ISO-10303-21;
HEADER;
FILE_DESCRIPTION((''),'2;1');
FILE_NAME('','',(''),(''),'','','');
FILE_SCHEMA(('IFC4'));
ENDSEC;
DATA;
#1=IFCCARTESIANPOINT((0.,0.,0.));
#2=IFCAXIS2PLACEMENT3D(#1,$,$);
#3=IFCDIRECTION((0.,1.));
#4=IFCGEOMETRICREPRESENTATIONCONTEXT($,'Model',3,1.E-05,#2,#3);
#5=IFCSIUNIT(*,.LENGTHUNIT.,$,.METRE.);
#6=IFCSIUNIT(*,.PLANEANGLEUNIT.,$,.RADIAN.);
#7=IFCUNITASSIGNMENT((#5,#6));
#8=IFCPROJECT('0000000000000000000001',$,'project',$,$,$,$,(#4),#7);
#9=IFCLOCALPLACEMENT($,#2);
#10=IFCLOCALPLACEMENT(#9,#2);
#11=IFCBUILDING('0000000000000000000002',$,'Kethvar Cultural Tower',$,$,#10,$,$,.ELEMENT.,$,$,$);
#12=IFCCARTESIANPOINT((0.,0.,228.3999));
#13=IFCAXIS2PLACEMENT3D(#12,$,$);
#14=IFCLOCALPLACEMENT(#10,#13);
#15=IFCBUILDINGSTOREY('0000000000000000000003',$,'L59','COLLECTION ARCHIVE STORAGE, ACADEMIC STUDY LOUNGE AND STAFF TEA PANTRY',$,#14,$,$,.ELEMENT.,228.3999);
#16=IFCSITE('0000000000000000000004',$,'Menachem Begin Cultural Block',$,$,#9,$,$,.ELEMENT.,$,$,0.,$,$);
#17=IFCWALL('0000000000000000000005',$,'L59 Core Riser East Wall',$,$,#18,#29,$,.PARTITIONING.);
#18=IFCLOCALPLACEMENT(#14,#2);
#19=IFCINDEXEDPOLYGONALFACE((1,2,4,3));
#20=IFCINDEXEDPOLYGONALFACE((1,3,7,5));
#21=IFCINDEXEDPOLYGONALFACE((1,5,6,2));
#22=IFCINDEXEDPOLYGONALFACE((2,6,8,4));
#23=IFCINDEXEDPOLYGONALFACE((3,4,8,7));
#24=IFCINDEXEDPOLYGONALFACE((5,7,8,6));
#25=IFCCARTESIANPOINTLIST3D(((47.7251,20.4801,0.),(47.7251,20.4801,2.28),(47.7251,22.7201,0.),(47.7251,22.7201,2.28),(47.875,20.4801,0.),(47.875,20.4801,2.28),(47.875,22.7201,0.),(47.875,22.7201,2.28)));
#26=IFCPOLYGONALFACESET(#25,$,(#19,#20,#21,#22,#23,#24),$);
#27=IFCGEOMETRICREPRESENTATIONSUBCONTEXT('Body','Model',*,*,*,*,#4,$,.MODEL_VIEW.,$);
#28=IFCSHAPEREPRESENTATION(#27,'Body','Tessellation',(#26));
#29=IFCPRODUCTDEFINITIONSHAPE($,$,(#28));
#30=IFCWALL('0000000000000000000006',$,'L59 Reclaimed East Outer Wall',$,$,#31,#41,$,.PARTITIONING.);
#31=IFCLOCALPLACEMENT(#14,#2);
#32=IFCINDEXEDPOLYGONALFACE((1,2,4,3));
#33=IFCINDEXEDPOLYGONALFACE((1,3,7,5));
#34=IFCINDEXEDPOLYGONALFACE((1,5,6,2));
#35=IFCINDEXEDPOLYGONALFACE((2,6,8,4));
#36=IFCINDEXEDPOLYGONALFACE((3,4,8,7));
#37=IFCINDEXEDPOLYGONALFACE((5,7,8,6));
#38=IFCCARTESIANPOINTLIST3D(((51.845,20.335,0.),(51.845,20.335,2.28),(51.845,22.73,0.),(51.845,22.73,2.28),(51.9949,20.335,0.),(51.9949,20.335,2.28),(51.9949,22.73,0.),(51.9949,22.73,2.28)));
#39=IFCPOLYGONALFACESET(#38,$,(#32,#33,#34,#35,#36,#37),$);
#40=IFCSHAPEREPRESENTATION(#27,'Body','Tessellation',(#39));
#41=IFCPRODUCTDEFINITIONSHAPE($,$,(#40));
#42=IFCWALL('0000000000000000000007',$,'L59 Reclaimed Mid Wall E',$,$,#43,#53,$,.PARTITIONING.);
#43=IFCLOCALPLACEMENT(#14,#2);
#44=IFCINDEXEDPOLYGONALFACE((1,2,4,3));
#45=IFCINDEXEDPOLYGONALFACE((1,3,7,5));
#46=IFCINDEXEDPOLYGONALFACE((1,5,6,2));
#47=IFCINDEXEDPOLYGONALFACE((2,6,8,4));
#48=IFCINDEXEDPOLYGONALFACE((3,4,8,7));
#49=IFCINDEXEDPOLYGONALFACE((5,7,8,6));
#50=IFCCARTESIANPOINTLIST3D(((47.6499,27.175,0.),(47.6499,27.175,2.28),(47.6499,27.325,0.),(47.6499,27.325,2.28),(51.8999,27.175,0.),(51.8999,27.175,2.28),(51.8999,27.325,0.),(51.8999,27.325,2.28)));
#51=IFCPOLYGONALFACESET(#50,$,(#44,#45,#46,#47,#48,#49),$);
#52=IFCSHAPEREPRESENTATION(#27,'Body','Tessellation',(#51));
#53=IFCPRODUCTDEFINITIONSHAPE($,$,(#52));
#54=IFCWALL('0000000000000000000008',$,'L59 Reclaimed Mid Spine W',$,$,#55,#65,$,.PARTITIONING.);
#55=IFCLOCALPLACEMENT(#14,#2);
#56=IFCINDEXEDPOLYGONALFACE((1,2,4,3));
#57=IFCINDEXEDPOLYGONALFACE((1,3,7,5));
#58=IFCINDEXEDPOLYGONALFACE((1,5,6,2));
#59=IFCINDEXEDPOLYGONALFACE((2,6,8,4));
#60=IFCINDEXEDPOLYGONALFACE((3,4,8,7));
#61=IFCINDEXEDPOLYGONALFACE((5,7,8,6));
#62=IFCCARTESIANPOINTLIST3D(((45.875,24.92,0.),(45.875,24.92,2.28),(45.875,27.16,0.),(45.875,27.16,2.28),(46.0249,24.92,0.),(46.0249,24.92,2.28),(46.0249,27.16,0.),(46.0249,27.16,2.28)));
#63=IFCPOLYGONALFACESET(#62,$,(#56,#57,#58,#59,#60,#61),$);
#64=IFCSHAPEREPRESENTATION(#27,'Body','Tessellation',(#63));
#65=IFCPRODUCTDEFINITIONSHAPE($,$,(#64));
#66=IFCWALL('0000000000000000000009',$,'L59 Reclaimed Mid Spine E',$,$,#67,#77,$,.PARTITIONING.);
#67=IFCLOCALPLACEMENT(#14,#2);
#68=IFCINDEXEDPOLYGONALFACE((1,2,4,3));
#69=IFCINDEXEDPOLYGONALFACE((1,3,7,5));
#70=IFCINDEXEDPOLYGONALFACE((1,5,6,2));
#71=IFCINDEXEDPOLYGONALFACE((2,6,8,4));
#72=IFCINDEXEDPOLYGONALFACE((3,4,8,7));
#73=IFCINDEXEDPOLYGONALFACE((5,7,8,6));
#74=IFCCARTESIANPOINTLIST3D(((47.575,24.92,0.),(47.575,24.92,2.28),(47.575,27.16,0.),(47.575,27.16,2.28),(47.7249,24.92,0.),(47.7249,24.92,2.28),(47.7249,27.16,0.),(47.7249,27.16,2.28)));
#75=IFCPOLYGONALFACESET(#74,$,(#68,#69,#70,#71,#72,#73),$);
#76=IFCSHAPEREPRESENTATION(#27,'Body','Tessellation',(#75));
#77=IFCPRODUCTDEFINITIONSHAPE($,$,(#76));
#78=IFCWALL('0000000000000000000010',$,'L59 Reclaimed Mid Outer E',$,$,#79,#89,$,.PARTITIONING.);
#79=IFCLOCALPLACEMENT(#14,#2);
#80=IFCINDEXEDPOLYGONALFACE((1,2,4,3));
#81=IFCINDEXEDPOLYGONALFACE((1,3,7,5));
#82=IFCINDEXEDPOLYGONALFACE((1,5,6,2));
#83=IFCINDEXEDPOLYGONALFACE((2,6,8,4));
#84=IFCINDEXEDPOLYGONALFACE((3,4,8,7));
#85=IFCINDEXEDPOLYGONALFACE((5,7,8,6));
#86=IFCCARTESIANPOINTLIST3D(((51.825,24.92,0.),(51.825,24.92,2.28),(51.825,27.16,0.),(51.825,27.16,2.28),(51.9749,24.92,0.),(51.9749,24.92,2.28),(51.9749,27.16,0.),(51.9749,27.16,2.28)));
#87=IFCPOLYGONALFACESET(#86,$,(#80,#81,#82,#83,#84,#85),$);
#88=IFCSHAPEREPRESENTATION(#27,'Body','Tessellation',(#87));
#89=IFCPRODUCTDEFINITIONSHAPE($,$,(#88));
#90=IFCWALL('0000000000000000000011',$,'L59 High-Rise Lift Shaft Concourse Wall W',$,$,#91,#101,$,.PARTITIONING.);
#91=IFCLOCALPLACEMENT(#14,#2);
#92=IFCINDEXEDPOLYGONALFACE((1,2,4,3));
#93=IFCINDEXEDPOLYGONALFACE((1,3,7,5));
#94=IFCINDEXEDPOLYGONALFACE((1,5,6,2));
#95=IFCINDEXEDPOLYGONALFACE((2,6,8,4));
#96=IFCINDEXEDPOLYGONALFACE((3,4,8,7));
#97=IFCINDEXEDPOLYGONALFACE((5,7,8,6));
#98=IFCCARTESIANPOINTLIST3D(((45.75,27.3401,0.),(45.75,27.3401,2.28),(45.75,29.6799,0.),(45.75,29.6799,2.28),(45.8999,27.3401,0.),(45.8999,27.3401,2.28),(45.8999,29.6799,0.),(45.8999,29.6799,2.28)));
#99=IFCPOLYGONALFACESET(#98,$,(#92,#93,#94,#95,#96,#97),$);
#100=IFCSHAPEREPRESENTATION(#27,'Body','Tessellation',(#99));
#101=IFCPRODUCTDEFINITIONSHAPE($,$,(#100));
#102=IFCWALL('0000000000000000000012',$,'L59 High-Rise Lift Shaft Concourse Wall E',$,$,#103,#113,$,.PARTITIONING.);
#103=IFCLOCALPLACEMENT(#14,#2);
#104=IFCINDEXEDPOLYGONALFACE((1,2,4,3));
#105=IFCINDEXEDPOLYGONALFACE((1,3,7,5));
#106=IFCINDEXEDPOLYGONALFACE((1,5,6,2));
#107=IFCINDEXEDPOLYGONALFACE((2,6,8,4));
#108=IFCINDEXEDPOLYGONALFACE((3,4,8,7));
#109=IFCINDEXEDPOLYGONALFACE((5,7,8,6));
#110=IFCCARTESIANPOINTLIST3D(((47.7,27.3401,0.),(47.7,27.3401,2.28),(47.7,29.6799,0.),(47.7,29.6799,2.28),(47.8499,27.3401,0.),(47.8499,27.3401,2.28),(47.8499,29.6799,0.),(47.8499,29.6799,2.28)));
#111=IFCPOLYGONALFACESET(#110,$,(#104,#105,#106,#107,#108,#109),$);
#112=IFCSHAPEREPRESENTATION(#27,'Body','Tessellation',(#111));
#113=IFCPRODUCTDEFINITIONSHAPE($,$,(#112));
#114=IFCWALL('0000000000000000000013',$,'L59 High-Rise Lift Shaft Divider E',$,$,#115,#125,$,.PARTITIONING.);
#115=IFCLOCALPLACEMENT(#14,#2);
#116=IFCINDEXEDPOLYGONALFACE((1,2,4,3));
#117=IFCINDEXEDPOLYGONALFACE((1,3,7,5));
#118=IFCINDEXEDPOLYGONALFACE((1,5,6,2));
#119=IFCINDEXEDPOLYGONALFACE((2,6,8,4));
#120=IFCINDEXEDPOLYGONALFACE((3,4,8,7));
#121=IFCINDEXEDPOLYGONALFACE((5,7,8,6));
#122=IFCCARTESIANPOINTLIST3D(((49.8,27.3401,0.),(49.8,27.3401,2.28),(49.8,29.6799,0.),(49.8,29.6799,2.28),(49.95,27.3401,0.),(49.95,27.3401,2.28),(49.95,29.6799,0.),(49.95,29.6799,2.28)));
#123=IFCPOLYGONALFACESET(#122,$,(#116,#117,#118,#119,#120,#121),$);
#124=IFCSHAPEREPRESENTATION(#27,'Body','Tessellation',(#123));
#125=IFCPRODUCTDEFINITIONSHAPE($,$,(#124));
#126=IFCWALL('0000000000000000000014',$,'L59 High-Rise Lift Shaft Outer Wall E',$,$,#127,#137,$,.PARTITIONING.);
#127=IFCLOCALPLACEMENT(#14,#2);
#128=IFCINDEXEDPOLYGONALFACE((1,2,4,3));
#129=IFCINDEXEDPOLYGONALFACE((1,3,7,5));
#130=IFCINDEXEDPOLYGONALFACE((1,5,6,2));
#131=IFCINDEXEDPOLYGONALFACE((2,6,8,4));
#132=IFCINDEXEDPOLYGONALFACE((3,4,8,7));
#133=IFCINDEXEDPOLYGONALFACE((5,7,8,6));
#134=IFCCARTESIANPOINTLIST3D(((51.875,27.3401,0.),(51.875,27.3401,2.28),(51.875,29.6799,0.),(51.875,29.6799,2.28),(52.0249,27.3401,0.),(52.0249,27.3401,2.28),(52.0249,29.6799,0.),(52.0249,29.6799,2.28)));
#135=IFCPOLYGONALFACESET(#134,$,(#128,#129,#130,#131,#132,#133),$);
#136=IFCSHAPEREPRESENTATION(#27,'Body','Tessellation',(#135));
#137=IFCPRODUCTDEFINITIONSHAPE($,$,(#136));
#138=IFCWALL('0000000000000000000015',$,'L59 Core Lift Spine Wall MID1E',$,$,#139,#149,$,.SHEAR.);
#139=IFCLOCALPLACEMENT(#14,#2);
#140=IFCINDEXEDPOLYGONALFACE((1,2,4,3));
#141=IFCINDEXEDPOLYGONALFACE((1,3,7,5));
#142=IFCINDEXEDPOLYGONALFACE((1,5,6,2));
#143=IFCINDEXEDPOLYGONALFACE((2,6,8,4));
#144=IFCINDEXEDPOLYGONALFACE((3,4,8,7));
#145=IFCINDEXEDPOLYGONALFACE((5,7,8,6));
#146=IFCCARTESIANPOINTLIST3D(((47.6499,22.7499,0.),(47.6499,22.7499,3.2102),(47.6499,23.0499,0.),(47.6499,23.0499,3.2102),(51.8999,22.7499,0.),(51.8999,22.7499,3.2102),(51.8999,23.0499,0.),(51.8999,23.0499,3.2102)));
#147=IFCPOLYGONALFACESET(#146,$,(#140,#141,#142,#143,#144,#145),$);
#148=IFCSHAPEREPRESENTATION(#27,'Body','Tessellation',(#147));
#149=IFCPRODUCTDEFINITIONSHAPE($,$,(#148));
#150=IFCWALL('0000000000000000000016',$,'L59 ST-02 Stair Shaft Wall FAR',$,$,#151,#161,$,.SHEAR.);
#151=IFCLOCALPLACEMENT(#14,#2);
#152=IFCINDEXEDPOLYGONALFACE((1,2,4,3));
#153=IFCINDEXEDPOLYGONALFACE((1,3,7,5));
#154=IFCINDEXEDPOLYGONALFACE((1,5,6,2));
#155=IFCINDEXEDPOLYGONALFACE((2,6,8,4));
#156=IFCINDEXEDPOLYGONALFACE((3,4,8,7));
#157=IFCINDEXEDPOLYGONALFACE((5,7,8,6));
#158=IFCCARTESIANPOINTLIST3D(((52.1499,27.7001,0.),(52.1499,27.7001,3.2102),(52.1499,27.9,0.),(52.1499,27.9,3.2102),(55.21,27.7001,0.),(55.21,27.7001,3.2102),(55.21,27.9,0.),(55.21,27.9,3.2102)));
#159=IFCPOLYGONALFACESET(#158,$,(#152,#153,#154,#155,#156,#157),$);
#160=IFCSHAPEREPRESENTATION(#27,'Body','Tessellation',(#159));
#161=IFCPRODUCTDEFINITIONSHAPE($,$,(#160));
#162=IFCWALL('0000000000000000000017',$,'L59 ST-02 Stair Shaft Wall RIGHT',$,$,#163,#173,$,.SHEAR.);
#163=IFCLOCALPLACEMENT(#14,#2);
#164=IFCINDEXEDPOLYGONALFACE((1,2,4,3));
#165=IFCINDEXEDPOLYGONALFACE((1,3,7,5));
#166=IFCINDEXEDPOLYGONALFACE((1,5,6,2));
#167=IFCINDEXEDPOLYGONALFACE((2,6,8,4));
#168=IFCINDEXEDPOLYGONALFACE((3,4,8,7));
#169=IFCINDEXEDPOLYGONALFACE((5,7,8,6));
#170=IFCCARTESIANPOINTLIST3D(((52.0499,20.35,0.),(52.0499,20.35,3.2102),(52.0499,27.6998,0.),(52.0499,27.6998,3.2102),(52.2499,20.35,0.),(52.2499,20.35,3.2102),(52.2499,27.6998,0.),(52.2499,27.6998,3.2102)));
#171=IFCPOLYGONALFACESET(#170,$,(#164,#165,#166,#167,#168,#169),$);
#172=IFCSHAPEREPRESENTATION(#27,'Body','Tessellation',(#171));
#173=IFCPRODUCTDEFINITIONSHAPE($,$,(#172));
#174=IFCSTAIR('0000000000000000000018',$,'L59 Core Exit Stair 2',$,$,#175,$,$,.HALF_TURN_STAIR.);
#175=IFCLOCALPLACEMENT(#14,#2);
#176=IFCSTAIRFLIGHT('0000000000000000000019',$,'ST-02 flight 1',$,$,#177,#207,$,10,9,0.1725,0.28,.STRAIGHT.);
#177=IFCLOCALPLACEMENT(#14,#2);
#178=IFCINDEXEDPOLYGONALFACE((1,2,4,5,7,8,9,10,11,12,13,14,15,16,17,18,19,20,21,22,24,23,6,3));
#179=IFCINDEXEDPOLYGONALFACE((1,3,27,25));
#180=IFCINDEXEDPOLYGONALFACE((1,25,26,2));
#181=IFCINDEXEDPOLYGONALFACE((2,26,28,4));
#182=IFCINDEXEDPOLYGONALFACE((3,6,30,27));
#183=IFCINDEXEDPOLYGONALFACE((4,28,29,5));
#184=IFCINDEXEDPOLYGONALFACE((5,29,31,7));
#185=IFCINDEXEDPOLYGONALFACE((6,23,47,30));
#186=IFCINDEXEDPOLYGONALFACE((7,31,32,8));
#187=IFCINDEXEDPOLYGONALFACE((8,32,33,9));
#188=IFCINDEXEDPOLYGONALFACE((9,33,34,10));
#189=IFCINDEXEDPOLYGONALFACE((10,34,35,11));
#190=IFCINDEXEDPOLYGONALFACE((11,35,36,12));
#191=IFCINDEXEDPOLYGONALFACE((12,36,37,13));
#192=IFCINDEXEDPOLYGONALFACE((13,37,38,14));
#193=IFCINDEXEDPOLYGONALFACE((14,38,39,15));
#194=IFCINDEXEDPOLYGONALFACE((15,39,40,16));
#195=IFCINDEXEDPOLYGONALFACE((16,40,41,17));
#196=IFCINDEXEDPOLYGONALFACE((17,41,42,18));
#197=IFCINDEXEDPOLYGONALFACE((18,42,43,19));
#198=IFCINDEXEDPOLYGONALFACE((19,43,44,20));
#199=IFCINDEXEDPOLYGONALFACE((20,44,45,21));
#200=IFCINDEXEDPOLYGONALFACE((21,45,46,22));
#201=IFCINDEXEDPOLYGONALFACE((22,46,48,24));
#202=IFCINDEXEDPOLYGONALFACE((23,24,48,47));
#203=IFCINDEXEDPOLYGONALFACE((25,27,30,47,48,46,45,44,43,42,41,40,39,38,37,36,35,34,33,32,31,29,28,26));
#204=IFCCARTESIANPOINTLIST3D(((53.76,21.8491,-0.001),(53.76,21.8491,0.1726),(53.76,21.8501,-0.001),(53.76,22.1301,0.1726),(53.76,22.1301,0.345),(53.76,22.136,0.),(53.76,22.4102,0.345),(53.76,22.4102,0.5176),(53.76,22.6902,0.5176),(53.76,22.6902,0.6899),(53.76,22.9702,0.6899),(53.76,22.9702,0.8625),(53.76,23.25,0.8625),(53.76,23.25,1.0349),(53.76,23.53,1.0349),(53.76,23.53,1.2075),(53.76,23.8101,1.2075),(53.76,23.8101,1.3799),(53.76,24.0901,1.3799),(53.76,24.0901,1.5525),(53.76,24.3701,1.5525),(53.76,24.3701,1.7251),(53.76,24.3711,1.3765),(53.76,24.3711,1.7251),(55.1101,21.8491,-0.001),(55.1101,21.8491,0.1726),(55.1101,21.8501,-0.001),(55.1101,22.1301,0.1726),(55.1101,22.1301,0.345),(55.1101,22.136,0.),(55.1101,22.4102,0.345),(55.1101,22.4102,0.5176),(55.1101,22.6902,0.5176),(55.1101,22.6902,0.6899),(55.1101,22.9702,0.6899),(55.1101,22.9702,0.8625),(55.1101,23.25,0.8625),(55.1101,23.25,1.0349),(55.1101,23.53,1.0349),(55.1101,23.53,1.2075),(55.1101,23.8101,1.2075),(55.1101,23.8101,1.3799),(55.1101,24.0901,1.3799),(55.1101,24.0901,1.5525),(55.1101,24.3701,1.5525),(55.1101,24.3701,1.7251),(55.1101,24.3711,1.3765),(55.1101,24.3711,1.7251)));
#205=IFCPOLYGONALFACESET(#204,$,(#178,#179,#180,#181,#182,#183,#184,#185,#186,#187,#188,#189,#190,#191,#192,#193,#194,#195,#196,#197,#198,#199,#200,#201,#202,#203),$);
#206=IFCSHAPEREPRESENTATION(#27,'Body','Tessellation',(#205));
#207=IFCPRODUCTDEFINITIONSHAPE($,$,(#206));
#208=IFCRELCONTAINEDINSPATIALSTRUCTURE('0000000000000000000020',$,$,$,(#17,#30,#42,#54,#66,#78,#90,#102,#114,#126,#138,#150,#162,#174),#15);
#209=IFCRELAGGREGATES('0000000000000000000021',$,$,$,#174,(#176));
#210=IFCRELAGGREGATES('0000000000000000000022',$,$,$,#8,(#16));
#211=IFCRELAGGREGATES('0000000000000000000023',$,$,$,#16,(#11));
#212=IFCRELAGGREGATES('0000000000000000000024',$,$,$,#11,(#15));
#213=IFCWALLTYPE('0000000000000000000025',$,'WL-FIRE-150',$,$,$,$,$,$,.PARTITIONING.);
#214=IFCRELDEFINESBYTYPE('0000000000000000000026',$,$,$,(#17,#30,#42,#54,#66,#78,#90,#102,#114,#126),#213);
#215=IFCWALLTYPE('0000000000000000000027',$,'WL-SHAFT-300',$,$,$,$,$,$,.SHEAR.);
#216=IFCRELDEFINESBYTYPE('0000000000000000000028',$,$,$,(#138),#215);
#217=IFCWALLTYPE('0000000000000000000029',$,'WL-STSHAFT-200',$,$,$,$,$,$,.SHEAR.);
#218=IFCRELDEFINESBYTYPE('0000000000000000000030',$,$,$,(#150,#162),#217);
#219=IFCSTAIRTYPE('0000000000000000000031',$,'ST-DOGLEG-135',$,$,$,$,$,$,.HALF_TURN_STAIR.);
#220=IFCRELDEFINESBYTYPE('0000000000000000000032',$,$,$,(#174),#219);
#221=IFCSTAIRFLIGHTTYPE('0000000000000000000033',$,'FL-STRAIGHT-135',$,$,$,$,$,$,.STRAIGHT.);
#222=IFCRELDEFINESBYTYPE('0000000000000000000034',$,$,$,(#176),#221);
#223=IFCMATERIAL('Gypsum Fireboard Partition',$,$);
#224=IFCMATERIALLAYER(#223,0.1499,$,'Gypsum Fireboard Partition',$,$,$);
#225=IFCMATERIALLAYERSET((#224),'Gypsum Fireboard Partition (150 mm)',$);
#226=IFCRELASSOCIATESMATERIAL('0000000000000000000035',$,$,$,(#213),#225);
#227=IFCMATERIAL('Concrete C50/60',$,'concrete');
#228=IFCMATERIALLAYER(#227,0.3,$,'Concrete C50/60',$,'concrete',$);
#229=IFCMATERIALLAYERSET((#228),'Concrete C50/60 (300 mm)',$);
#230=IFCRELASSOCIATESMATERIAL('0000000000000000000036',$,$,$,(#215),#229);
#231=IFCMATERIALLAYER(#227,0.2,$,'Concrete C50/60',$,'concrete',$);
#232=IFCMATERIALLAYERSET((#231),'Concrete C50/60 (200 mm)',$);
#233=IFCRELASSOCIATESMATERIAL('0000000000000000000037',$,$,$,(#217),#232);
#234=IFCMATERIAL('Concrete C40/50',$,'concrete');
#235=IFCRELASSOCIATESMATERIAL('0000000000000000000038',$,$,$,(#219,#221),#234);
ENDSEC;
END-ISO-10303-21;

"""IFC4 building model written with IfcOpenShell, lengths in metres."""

from ifc_helpers import new_model, si_unit, direction, frame, frame_2d, origin, place, context, subcontext, project, spatial, polyline, rectangle, outline, extrude, material, layer, layer_set, type_object, element, aggregate, save


model = new_model("IFC4")

# Units and contexts
model_context = context("Model", 3, precision=1e-05, world=origin(), true_north=direction((0.0, 1.0)))
body_context = subcontext(model_context, "Body", "Model", "MODEL_VIEW")
ifc_project = project(units=[si_unit("LENGTHUNIT", "METRE"), si_unit("PLANEANGLEUNIT", "RADIAN")], contexts=[model_context])

# Site, building, storey
site_placement = place(None, origin())
site = spatial("IfcSite", under=ifc_project, at=site_placement, Name="Menachem Begin Cultural Block", CompositionType="ELEMENT", RefElevation=0.0)
building_placement = place(site_placement, origin())
building = spatial("IfcBuilding", under=site, at=building_placement, Name="Kethvar Cultural Tower", CompositionType="ELEMENT")
storey_placement = place(building_placement, frame((0.0, 0.0, 228.3999)))
storey = spatial("IfcBuildingStorey", under=building, at=storey_placement, Name="L59", Description="COLLECTION ARCHIVE STORAGE, ACADEMIC STUDY LOUNGE AND STAFF TEA PANTRY", CompositionType="ELEMENT", Elevation=228.3999)

# Walls
ifc_material_1 = material(Name="Gypsum Fireboard Partition")
ifc_layer_1 = layer(ifc_material_1, 0.1499, Name="Gypsum Fireboard Partition")
ifc_layer_set_1 = layer_set([ifc_layer_1], Name="Gypsum Fireboard Partition (150 mm)")
wall_type_1 = type_object("IfcWallType", Name="WL-FIRE-150", PredefinedType="PARTITIONING", material=ifc_layer_set_1)
wall_1_placement = place(storey_placement, frame((47.8, 20.48, 0.0), z_axis=(0.0, 0.0, 1.0), x_axis=(0.0, 1.0, 0.0)))
element("IfcWall", 1, at=wall_1_placement, inside=storey, type_object=wall_type_1, Name="L59 Core Riser East Wall", PredefinedType="PARTITIONING", context=body_context, shape_type="SweptSolid", body=[
    extrude(rectangle(XDim=2.24, YDim=0.1499, at=frame_2d((1.1201, 0.0))), origin(), (0.0, 0.0, 1.0), 2.28),
])
wall_2_placement = place(storey_placement, frame((51.9199, 20.335, 0.0), z_axis=(0.0, 0.0, 1.0), x_axis=(0.0, 1.0, 0.0)))
element("IfcWall", 2, at=wall_2_placement, inside=storey, type_object=wall_type_1, Name="L59 Reclaimed East Outer Wall", PredefinedType="PARTITIONING", context=body_context, shape_type="SweptSolid", body=[
    extrude(rectangle(XDim=2.395, YDim=0.1499, at=frame_2d((1.1975, 0.0))), origin(), (0.0, 0.0, 1.0), 2.28),
])
wall_3_placement = place(storey_placement, frame((47.6499, 27.25, 0.0), z_axis=(0.0, 0.0, 1.0), x_axis=(1.0, 0.0, 0.0)))
element("IfcWall", 3, at=wall_3_placement, inside=storey, type_object=wall_type_1, Name="L59 Reclaimed Mid Wall E", PredefinedType="PARTITIONING", context=body_context, shape_type="SweptSolid", body=[
    extrude(rectangle(XDim=4.25, YDim=0.1499, at=frame_2d((2.125, 0.0))), origin(), (0.0, 0.0, 1.0), 2.28),
])
for number, where, z_axis, x_axis, name in (
    (4, (45.95, 24.9199, 0.0), (0.0, 0.0, 1.0), (0.0, 1.0, 0.0), "L59 Reclaimed Mid Spine W"),
    (5, (47.6499, 24.9199, 0.0), (0.0, 0.0, 1.0), (0.0, 1.0, 0.0), "L59 Reclaimed Mid Spine E"),
    (6, (51.8999, 24.9199, 0.0), (0.0, 0.0, 1.0), (0.0, 1.0, 0.0), "L59 Reclaimed Mid Outer E"),
):
    element("IfcWall", number, at=place(storey_placement, frame(where, z_axis=z_axis, x_axis=x_axis)), inside=storey, type_object=wall_type_1, Name=name, PredefinedType="PARTITIONING", context=body_context, shape_type="SweptSolid", body=[
        extrude(rectangle(XDim=2.24, YDim=0.1499, at=frame_2d((1.1201, 0.0))), origin(), (0.0, 0.0, 1.0), 2.28),
    ])
for number, where, z_axis, x_axis, name in (
    (7, (45.825, 27.3401, 0.0), (0.0, 0.0, 1.0), (0.0, 1.0, 0.0), "L59 High-Rise Lift Shaft Concourse Wall W"),
    (8, (47.7749, 27.3401, 0.0), (0.0, 0.0, 1.0), (0.0, 1.0, 0.0), "L59 High-Rise Lift Shaft Concourse Wall E"),
    (9, (49.875, 27.3401, 0.0), (0.0, 0.0, 1.0), (0.0, 1.0, 0.0), "L59 High-Rise Lift Shaft Divider E"),
    (10, (51.95, 27.3401, 0.0), (0.0, 0.0, 1.0), (0.0, 1.0, 0.0), "L59 High-Rise Lift Shaft Outer Wall E"),
):
    element("IfcWall", number, at=place(storey_placement, frame(where, z_axis=z_axis, x_axis=x_axis)), inside=storey, type_object=wall_type_1, Name=name, PredefinedType="PARTITIONING", context=body_context, shape_type="SweptSolid", body=[
        extrude(rectangle(XDim=2.3398, YDim=0.1499, at=frame_2d((1.1699, 0.0))), origin(), (0.0, 0.0, 1.0), 2.28),
    ])
ifc_material_2 = material(Name="Concrete C50/60", Category="concrete")
ifc_layer_2 = layer(ifc_material_2, 0.3, Name="Concrete C50/60", Category="concrete")
ifc_layer_set_2 = layer_set([ifc_layer_2], Name="Concrete C50/60 (300 mm)")
wall_type_2 = type_object("IfcWallType", Name="WL-SHAFT-300", PredefinedType="SHEAR", material=ifc_layer_set_2)
wall_4_placement = place(storey_placement, frame((47.6499, 22.8999, 0.0), z_axis=(0.0, 0.0, 1.0), x_axis=(1.0, 0.0, 0.0)))
element("IfcWall", 11, at=wall_4_placement, inside=storey, type_object=wall_type_2, Name="L59 Core Lift Spine Wall MID1E", PredefinedType="SHEAR", context=body_context, shape_type="SweptSolid", body=[
    extrude(rectangle(XDim=4.25, YDim=0.3, at=frame_2d((2.125, 0.0))), origin(), (0.0, 0.0, 1.0), 3.2102),
])

# Walls
ifc_layer_3 = layer(ifc_material_2, 0.2, Name="Concrete C50/60", Category="concrete")
ifc_layer_set_3 = layer_set([ifc_layer_3], Name="Concrete C50/60 (200 mm)")
wall_type_3 = type_object("IfcWallType", Name="WL-STSHAFT-200", PredefinedType="SHEAR", material=ifc_layer_set_3)
wall_5_placement = place(storey_placement, frame((52.1499, 27.8, 0.0), z_axis=(0.0, 0.0, 1.0), x_axis=(1.0, 0.0, 0.0)))
element("IfcWall", 12, at=wall_5_placement, inside=storey, type_object=wall_type_3, Name="L59 ST-02 Stair Shaft Wall FAR", PredefinedType="SHEAR", context=body_context, shape_type="SweptSolid", body=[
    extrude(rectangle(XDim=3.0601, YDim=0.2, at=frame_2d((1.53, 0.0))), origin(), (0.0, 0.0, 1.0), 3.2102),
])
wall_6_placement = place(storey_placement, frame((52.1499, 20.3501, 0.0), z_axis=(0.0, 0.0, 1.0), x_axis=(0.0, 1.0, 0.0)))
element("IfcWall", 13, at=wall_6_placement, inside=storey, type_object=wall_type_3, Name="L59 ST-02 Stair Shaft Wall RIGHT", PredefinedType="SHEAR", context=body_context, shape_type="SweptSolid", body=[
    extrude(rectangle(XDim=7.3499, YDim=0.2, at=frame_2d((3.6748, 0.0))), origin(), (0.0, 0.0, 1.0), 3.2102),
])

# Stair, stair flight
ifc_material_3 = material(Name="Concrete C40/50", Category="concrete")
stair_type = type_object("IfcStairType", Name="ST-DOGLEG-135", PredefinedType="HALF_TURN_STAIR", material=ifc_material_3)
stair_placement = place(storey_placement, origin())
stair = element("IfcStair", 14, at=stair_placement, inside=storey, type_object=stair_type, Name="L59 Core Exit Stair 2", PredefinedType="HALF_TURN_STAIR")
stair_flight_type = type_object("IfcStairFlightType", Name="FL-STRAIGHT-135", PredefinedType="STRAIGHT", material=ifc_material_3)
stair_flight_1_placement = place(storey_placement, frame((54.4351, 21.8501, 0.0), z_axis=(0.0, 0.0, 1.0), x_axis=(0.0, 1.0, 0.0)))
stair_flight_1 = element("IfcStairFlight", 15, at=stair_flight_1_placement, type_object=stair_flight_type, Name="ST-02 flight 1", NumberOfRisers=10, NumberOfTreads=9, PredefinedType="STRAIGHT", RiserHeight=0.1725, TreadLength=0.28, context=body_context, shape_type="SweptSolid", body=[
    extrude(outline(polyline([(-0.001, -0.001), (-0.001, 0.1726), (0.28, 0.1726), (0.28, 0.345), (0.5601, 0.345), (0.5601, 0.5176), (0.8401, 0.5176), (0.8401, 0.6899), (1.1201, 0.6899), (1.1201, 0.8625), (1.3999, 0.8625), (1.3999, 1.0349), (1.6799, 1.0349), (1.6799, 1.2075), (1.96, 1.2075), (1.96, 1.3799), (2.24, 1.3799), (2.24, 1.5525), (2.52, 1.5525), (2.52, 1.7251), (2.521, 1.7251), (2.521, 1.3765), (0.2859, 0.0), (0.0, -0.001), (-0.001, -0.001)])), frame((0.0, 0.675, 0.0), z_axis=(0.0, -1.0, 0.0), x_axis=(1.0, 0.0, 0.0)), (0.0, 0.0, 1.0), 1.3501),
])
aggregate(stair, [stair_flight_1])

save(model, "model.ifc")
